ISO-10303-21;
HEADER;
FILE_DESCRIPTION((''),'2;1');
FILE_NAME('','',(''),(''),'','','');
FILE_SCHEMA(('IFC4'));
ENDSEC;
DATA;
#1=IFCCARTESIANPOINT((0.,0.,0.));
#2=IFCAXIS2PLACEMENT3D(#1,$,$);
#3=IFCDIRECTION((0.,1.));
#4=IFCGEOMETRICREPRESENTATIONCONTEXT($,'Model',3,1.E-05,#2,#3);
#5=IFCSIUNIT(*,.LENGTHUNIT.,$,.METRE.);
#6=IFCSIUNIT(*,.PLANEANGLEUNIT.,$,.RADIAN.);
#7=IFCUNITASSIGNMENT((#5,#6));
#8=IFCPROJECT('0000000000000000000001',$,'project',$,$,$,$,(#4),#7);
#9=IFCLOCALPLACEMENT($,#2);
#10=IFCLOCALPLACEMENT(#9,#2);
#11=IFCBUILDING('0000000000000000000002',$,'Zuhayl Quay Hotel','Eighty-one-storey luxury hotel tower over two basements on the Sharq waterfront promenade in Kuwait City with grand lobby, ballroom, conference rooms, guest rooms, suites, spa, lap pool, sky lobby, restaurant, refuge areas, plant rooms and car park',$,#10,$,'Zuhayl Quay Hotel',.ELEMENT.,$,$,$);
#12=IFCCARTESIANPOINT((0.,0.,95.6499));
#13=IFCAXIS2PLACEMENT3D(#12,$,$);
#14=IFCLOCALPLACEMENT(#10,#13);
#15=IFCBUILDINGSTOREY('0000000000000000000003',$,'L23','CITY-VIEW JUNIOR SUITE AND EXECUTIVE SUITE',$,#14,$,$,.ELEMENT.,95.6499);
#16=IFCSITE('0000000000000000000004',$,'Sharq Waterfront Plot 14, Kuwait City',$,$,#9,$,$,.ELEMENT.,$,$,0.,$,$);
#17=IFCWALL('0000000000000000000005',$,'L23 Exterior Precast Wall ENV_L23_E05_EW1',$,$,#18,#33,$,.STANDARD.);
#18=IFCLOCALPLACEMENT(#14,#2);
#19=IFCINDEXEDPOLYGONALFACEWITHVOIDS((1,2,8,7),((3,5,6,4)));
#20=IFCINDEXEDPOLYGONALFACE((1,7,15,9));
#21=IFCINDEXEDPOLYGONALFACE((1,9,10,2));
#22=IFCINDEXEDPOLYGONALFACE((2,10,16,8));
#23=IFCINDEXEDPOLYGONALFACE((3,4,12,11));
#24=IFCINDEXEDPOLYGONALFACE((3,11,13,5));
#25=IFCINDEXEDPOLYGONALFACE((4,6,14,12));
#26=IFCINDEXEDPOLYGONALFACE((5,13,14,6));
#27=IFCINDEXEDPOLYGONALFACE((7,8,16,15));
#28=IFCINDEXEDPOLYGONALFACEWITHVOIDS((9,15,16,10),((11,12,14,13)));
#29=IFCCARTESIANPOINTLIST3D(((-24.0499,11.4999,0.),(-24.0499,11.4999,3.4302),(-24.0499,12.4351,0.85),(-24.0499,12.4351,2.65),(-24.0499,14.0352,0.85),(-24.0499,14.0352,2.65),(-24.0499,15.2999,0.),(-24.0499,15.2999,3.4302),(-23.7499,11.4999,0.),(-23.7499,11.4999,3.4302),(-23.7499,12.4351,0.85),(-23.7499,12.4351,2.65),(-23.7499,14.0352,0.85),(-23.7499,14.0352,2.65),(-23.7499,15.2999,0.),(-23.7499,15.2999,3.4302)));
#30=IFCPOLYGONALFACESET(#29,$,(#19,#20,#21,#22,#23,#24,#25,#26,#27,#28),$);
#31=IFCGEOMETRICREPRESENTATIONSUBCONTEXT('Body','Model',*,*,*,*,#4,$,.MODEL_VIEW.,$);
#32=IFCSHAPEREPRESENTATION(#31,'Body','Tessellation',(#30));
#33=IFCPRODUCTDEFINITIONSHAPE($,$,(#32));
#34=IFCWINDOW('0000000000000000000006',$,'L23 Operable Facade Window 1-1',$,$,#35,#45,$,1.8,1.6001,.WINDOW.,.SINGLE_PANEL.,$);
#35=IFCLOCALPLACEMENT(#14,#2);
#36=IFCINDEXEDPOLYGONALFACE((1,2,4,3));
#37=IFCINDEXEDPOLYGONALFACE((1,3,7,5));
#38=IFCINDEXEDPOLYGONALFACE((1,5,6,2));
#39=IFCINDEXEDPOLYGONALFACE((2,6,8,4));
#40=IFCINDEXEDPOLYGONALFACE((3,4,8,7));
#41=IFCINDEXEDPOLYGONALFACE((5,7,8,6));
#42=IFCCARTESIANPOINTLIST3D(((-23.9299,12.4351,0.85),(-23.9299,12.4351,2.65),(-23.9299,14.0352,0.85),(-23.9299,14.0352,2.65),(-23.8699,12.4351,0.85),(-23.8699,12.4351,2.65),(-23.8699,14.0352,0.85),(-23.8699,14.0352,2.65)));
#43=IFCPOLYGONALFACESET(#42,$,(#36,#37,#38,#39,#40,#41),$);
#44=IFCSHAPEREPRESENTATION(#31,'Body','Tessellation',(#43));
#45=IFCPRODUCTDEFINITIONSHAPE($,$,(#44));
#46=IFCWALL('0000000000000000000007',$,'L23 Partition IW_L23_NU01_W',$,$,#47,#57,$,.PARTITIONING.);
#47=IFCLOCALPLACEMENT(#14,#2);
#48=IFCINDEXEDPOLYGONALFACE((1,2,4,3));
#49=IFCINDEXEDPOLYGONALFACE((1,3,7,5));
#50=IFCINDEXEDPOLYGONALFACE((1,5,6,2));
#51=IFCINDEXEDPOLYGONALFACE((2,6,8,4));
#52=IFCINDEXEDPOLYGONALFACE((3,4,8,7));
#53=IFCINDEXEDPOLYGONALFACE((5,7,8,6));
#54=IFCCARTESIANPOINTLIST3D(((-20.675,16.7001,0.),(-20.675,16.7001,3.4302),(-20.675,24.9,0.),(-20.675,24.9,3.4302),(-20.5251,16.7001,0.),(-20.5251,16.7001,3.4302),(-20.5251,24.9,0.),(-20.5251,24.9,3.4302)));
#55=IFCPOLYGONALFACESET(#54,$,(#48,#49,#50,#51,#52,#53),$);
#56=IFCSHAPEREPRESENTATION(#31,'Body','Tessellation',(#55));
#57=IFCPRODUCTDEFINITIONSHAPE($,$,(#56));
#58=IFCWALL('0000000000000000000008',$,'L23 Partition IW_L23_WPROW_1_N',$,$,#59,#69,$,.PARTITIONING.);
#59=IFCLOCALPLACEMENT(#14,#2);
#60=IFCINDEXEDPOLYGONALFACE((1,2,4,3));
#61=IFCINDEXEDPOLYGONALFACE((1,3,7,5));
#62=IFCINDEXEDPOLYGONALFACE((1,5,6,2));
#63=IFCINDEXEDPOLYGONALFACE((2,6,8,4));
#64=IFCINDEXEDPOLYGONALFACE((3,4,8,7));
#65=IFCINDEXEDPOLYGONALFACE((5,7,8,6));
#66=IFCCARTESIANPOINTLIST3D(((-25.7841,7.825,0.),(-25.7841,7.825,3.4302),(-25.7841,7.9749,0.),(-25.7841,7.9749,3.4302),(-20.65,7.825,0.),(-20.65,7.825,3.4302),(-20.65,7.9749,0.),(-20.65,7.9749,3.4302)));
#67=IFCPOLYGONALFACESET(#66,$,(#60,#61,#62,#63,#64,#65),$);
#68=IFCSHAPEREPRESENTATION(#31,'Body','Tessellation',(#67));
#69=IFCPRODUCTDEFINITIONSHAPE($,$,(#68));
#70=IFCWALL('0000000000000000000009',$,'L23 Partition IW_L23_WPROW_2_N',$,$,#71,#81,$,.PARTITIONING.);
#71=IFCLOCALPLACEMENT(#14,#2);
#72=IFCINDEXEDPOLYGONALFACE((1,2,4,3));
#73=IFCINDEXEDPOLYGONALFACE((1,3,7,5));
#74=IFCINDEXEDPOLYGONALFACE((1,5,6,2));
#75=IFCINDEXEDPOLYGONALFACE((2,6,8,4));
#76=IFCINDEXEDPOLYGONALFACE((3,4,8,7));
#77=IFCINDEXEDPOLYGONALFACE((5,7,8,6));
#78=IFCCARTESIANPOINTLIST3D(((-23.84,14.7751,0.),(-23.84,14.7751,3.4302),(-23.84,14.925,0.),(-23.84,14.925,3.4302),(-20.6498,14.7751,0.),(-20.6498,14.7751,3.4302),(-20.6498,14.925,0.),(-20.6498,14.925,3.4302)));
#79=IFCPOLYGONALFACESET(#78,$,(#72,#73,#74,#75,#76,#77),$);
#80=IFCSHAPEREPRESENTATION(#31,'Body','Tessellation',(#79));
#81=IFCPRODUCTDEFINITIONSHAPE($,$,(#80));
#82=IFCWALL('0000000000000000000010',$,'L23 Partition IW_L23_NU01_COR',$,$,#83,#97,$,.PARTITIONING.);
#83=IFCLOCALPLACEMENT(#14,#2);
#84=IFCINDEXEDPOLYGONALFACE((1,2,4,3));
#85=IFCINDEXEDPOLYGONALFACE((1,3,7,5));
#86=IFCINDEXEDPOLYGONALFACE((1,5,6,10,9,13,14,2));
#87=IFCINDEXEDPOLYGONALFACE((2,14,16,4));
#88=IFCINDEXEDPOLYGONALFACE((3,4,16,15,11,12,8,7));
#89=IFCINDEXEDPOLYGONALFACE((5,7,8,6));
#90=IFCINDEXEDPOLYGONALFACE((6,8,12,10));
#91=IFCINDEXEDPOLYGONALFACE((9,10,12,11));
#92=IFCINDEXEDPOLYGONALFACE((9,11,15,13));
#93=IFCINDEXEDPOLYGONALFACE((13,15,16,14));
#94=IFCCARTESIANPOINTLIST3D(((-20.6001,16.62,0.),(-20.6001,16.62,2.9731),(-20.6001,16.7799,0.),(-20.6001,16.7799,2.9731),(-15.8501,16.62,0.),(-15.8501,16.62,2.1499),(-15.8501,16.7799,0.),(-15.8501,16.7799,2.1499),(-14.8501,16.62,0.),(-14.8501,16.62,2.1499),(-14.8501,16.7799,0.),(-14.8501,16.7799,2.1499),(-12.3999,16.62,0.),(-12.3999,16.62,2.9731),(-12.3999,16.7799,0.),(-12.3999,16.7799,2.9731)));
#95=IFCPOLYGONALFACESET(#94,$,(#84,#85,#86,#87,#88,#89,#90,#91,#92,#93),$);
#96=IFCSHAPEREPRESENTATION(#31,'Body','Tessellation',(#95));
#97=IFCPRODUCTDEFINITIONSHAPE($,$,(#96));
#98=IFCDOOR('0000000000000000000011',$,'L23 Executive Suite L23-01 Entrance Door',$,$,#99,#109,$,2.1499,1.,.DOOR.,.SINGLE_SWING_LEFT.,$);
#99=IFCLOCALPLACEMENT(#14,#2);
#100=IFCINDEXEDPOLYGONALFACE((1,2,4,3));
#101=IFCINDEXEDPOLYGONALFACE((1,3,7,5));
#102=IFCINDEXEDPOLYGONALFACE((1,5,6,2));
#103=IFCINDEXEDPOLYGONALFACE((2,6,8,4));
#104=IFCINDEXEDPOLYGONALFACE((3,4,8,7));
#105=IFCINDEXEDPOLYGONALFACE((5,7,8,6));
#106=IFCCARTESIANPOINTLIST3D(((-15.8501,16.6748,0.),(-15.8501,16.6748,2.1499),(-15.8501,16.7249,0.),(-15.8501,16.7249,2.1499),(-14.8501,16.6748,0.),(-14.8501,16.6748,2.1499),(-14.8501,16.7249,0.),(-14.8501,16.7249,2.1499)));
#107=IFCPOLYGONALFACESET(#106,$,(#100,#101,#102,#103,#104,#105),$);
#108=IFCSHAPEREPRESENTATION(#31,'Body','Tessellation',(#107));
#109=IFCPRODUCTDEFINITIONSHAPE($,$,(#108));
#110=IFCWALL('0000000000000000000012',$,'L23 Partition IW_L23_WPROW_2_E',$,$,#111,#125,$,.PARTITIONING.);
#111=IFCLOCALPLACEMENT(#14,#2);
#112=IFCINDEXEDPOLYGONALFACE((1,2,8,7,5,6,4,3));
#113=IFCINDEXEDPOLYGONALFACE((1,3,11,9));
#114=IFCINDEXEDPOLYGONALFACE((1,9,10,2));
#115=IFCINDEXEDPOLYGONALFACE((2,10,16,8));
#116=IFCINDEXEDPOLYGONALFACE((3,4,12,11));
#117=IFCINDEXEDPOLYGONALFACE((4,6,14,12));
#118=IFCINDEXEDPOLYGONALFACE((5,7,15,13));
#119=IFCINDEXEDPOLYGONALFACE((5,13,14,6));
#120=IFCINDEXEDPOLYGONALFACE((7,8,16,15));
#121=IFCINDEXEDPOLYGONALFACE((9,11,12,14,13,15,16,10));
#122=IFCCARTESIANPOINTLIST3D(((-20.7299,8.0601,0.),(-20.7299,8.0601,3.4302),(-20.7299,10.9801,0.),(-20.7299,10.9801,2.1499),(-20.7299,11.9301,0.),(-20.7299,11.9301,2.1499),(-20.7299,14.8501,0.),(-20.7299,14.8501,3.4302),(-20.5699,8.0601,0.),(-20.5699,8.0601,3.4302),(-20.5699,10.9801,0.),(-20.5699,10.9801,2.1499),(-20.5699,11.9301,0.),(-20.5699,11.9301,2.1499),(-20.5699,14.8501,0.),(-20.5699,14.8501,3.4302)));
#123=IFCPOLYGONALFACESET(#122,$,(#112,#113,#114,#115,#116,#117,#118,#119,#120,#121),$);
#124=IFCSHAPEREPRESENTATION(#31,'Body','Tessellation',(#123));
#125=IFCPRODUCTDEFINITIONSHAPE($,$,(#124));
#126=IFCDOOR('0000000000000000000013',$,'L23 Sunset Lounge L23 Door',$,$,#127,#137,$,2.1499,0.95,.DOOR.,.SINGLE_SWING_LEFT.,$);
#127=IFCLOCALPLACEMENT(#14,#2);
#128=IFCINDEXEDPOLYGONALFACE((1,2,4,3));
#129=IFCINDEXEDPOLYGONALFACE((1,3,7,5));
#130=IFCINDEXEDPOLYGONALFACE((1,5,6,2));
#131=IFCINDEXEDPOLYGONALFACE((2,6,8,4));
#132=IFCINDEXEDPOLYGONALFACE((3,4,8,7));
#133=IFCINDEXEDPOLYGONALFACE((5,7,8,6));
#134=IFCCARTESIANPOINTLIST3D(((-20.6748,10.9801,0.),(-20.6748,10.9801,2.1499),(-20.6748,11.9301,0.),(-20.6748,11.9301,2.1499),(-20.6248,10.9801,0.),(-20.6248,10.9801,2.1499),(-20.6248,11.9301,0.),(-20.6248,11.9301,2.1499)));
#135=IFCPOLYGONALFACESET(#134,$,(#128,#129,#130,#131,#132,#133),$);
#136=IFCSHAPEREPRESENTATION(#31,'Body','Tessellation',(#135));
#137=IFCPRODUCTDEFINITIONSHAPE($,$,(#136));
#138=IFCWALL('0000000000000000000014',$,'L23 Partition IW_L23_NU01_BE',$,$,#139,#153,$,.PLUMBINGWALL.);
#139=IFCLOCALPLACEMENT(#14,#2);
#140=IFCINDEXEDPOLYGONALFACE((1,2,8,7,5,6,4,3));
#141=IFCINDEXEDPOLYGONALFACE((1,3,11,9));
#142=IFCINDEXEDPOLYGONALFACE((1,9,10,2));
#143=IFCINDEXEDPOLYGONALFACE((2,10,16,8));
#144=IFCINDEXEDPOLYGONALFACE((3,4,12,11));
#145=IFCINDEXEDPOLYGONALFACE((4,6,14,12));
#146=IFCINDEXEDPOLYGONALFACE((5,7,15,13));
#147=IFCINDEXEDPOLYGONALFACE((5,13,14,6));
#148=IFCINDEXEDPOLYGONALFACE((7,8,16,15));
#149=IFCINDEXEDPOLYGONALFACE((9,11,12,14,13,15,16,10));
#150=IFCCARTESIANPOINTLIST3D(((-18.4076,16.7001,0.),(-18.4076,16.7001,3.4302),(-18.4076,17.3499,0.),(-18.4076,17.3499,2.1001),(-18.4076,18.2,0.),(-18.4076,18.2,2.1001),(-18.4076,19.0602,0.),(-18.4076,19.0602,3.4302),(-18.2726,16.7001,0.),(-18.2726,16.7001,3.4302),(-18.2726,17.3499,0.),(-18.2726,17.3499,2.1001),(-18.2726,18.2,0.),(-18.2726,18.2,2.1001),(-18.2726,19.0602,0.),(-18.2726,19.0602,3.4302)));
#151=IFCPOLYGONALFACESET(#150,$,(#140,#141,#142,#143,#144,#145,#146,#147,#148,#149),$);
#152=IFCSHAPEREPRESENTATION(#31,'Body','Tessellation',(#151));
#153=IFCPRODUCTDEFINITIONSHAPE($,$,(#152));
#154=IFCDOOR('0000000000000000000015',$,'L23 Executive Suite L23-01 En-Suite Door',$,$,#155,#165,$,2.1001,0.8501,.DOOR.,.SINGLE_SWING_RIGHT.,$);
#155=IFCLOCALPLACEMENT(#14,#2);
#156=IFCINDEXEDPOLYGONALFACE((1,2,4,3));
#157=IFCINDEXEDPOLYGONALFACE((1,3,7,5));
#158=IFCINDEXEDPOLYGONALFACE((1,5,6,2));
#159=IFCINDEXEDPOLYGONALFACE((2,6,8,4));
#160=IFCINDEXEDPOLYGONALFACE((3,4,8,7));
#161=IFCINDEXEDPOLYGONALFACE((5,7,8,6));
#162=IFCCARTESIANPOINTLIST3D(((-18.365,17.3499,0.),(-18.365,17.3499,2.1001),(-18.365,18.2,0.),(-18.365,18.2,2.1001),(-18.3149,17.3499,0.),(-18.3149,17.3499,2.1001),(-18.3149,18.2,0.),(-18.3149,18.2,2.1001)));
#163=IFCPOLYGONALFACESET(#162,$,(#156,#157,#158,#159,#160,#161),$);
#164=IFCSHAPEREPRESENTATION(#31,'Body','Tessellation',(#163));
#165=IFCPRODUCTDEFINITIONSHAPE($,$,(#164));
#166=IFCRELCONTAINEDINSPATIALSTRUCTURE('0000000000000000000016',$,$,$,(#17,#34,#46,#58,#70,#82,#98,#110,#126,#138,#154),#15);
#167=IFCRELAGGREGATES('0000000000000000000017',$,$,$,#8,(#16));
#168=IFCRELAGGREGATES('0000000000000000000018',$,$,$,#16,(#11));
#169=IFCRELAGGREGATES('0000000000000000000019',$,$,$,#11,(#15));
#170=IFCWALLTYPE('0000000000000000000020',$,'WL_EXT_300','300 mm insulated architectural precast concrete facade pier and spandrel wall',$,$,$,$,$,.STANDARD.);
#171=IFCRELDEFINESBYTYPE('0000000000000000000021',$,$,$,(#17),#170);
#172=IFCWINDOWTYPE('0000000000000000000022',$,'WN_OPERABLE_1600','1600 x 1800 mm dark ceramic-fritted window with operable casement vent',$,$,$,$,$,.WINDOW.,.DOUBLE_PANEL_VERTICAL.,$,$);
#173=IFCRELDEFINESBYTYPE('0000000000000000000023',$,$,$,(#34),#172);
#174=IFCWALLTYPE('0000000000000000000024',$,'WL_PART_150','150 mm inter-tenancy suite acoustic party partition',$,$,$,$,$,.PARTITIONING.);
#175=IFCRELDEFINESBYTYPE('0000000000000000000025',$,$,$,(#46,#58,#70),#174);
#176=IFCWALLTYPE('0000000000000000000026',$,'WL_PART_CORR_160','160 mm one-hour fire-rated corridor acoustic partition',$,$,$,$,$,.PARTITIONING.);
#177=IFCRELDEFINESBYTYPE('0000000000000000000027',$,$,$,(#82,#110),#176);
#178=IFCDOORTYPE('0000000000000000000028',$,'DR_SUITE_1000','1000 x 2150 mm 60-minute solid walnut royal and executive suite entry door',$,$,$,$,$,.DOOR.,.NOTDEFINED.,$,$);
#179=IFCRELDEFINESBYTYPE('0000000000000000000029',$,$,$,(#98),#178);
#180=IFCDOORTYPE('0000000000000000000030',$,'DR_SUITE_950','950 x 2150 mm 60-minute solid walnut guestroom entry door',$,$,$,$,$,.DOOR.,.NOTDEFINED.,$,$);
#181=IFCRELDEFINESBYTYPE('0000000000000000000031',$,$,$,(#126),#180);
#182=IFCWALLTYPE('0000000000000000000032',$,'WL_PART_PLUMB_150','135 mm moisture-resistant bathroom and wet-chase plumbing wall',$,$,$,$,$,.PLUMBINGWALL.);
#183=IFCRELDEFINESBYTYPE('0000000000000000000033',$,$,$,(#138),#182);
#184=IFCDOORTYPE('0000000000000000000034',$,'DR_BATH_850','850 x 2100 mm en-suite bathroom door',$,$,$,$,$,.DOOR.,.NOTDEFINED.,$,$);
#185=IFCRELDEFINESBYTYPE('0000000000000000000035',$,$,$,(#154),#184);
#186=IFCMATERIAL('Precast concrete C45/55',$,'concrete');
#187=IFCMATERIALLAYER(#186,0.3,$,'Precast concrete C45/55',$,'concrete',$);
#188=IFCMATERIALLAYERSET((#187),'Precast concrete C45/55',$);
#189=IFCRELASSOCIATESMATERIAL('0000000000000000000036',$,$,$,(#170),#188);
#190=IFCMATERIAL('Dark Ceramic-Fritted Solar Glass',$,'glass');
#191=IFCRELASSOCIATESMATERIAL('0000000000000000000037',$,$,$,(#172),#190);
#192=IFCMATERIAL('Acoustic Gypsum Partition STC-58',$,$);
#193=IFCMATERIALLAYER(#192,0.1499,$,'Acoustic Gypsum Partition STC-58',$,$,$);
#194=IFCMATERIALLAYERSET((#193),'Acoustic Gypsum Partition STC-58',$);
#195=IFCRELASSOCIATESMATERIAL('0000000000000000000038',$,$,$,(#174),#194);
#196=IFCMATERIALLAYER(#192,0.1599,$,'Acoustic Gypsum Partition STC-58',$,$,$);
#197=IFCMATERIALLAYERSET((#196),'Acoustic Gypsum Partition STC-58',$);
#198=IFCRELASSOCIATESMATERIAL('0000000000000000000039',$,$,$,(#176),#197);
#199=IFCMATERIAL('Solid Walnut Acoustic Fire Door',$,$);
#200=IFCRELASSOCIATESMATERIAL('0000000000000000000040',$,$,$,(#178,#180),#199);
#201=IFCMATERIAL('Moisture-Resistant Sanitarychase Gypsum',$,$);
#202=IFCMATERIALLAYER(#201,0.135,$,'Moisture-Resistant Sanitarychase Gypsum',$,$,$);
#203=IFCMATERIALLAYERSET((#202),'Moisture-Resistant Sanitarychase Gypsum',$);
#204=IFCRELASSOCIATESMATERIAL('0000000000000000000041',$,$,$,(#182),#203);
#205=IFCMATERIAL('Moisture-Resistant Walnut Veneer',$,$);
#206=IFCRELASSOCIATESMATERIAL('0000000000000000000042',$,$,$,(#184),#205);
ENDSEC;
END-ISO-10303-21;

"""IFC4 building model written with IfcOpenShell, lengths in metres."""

from ifc_helpers import new_model, si_unit, direction, frame, frame_2d, origin, place, context, subcontext, project, spatial, rectangle, extrude, material, layer, layer_set, type_object, element, fill, save


model = new_model("IFC4")

# Units and contexts
model_context = context("Model", 3, precision=1e-05, world=origin(), true_north=direction((0.0, 1.0)))
body_context = subcontext(model_context, "Body", "Model", "MODEL_VIEW")
ifc_project = project(units=[si_unit("LENGTHUNIT", "METRE"), si_unit("PLANEANGLEUNIT", "RADIAN")], contexts=[model_context])

# Site, building, storey
site_placement = place(None, origin())
site = spatial("IfcSite", under=ifc_project, at=site_placement, Name="Sharq Waterfront Plot 14, Kuwait City", CompositionType="ELEMENT", RefElevation=0.0)
building_placement = place(site_placement, origin())
building = spatial("IfcBuilding", under=site, at=building_placement, Name="Zuhayl Quay Hotel", Description="Eighty-one-storey luxury hotel tower over two basements on the Sharq waterfront promenade in Kuwait City with grand lobby, ballroom, conference rooms, guest rooms, suites, spa, lap pool, sky lobby, restaurant, refuge areas, plant rooms and car park", LongName="Zuhayl Quay Hotel", CompositionType="ELEMENT")
storey_placement = place(building_placement, frame((0.0, 0.0, 95.6499)))
storey = spatial("IfcBuildingStorey", under=building, at=storey_placement, Name="L23", Description="CITY-VIEW JUNIOR SUITE AND EXECUTIVE SUITE", CompositionType="ELEMENT", Elevation=95.6499)

# Shared definitions
ifc_material_1 = material(Name="Precast concrete C45/55", Category="concrete")
ifc_layer_1 = layer(ifc_material_1, 0.3, Name="Precast concrete C45/55", Category="concrete")
ifc_layer_set_1 = layer_set([ifc_layer_1], Name="Precast concrete C45/55")
wall_type_1 = type_object("IfcWallType", Name="WL_EXT_300", Description="300 mm insulated architectural precast concrete facade pier and spandrel wall", PredefinedType="STANDARD", material=ifc_layer_set_1)

# Wall, opening, window
wall_1_placement = place(storey_placement, frame((-23.8999, 11.5, 0.0), z_axis=(0.0, 0.0, 1.0), x_axis=(0.0, 1.0, 0.0)))
wall_1 = element("IfcWall", 1, at=wall_1_placement, inside=storey, type_object=wall_type_1, Name="L23 Exterior Precast Wall ENV_L23_E05_EW1", PredefinedType="STANDARD", context=body_context, shape_type="SweptSolid", body=[
    extrude(rectangle(XDim=3.8, YDim=0.3, at=frame_2d((1.8999, 0.0))), origin(), (0.0, 0.0, 1.0), 3.4302),
])
opening_1_placement = place(wall_1_placement, frame((0.9351, 0.0, 0.8501)))
opening_1 = element("IfcOpeningElement", 2, at=opening_1_placement, cuts=wall_1, PredefinedType="OPENING", context=body_context, shape_type="SweptSolid", body=[
    extrude(rectangle(XDim=1.6001, YDim=1.8, at=frame_2d((0.8, 0.8999))), frame((0.0, 0.1599, 0.0), z_axis=(0.0, -1.0, 0.0), x_axis=(1.0, 0.0, 0.0)), (0.0, 0.0, 1.0), 0.3201),
])
ifc_material_2 = material(Name="Dark Ceramic-Fritted Solar Glass", Category="glass")
window_type = type_object("IfcWindowType", Name="WN_OPERABLE_1600", Description="1600 x 1800 mm dark ceramic-fritted window with operable casement vent", PartitioningType="DOUBLE_PANEL_VERTICAL", PredefinedType="WINDOW", material=ifc_material_2)
window_placement = place(opening_1_placement, origin())
window = element("IfcWindow", 3, at=window_placement, inside=storey, type_object=window_type, Name="L23 Operable Facade Window 1-1", OverallHeight=1.8, OverallWidth=1.6001, PartitioningType="SINGLE_PANEL", PredefinedType="WINDOW", context=body_context, shape_type="SweptSolid", body=[
    extrude(rectangle(XDim=1.6001, YDim=1.8, at=frame_2d((0.8, 0.8999))), frame((0.0, 0.03, 0.0), z_axis=(0.0, -1.0, 0.0), x_axis=(1.0, 0.0, 0.0)), (0.0, 0.0, 1.0), 0.0601),
])
fill(opening_1, window)

# Walls
ifc_material_3 = material(Name="Acoustic Gypsum Partition STC-58")
ifc_layer_2 = layer(ifc_material_3, 0.1499, Name="Acoustic Gypsum Partition STC-58")
ifc_layer_set_2 = layer_set([ifc_layer_2], Name="Acoustic Gypsum Partition STC-58")
wall_type_2 = type_object("IfcWallType", Name="WL_PART_150", Description="150 mm inter-tenancy suite acoustic party partition", PredefinedType="PARTITIONING", material=ifc_layer_set_2)
wall_2_placement = place(storey_placement, frame((-20.6001, 16.7, 0.0), z_axis=(0.0, 0.0, 1.0), x_axis=(0.0, 1.0, 0.0)))
element("IfcWall", 4, at=wall_2_placement, inside=storey, type_object=wall_type_2, Name="L23 Partition IW_L23_NU01_W", PredefinedType="PARTITIONING", context=body_context, shape_type="SweptSolid", body=[
    extrude(rectangle(XDim=8.2, YDim=0.1499, at=frame_2d((4.1001, 0.0))), origin(), (0.0, 0.0, 1.0), 3.4302),
])
wall_3_placement = place(storey_placement, frame((-25.7839, 7.8999, 0.0), z_axis=(0.0, 0.0, 1.0), x_axis=(1.0, 0.0, 0.0)))
element("IfcWall", 5, at=wall_3_placement, inside=storey, type_object=wall_type_2, Name="L23 Partition IW_L23_WPROW_1_N", PredefinedType="PARTITIONING", context=body_context, shape_type="SweptSolid", body=[
    extrude(rectangle(XDim=5.134, YDim=0.1499, at=frame_2d((2.5669, 0.0))), origin(), (0.0, 0.0, 1.0), 3.4302),
])
wall_4_placement = place(storey_placement, frame((-23.8401, 14.8501, 0.0), z_axis=(0.0, 0.0, 1.0), x_axis=(1.0, 0.0, 0.0)))
element("IfcWall", 6, at=wall_4_placement, inside=storey, type_object=wall_type_2, Name="L23 Partition IW_L23_WPROW_2_N", PredefinedType="PARTITIONING", context=body_context, shape_type="SweptSolid", body=[
    extrude(rectangle(XDim=3.1902, YDim=0.1499, at=frame_2d((1.5952, 0.0))), origin(), (0.0, 0.0, 1.0), 3.4302),
])

# Walls, openings, doors
ifc_layer_3 = layer(ifc_material_3, 0.1599, Name="Acoustic Gypsum Partition STC-58")
ifc_layer_set_3 = layer_set([ifc_layer_3], Name="Acoustic Gypsum Partition STC-58")
wall_type_3 = type_object("IfcWallType", Name="WL_PART_CORR_160", Description="160 mm one-hour fire-rated corridor acoustic partition", PredefinedType="PARTITIONING", material=ifc_layer_set_3)
wall_5_placement = place(storey_placement, frame((-20.6001, 16.7, 0.0), z_axis=(0.0, 0.0, 1.0), x_axis=(1.0, 0.0, 0.0)))
wall_5 = element("IfcWall", 7, at=wall_5_placement, inside=storey, type_object=wall_type_3, Name="L23 Partition IW_L23_NU01_COR", PredefinedType="PARTITIONING", context=body_context, shape_type="SweptSolid", body=[
    extrude(rectangle(XDim=8.2002, YDim=0.1599, at=frame_2d((4.1001, 0.0))), origin(), (0.0, 0.0, 1.0), 2.9731),
])
opening_2_placement = place(wall_5_placement, frame((4.75, 0.0, 0.0)))
opening_2 = element("IfcOpeningElement", 8, at=opening_2_placement, cuts=wall_5, PredefinedType="OPENING", context=body_context, shape_type="SweptSolid", body=[
    extrude(rectangle(XDim=1.0, YDim=2.1499, at=frame_2d((0.5, 1.075))), frame((0.0, 0.0898, 0.0), z_axis=(0.0, -1.0, 0.0), x_axis=(1.0, 0.0, 0.0)), (0.0, 0.0, 1.0), 0.1799),
])
ifc_material_4 = material(Name="Solid Walnut Acoustic Fire Door")
door_type_1 = type_object("IfcDoorType", Name="DR_SUITE_1000", Description="1000 x 2150 mm 60-minute solid walnut royal and executive suite entry door", OperationType="NOTDEFINED", PredefinedType="DOOR", material=ifc_material_4)
door_1_placement = place(opening_2_placement, origin())
door_1 = element("IfcDoor", 9, at=door_1_placement, inside=storey, type_object=door_type_1, Name="L23 Executive Suite L23-01 Entrance Door", OperationType="SINGLE_SWING_LEFT", OverallHeight=2.1499, OverallWidth=1.0, PredefinedType="DOOR", context=body_context, shape_type="SweptSolid", body=[
    extrude(rectangle(XDim=1.0, YDim=2.1499, at=frame_2d((0.5, 1.075))), frame((0.0, 0.0249, 0.0), z_axis=(0.0, -1.0, 0.0), x_axis=(1.0, 0.0, 0.0)), (0.0, 0.0, 1.0), 0.05),
])
fill(opening_2, door_1)
wall_6_placement = place(storey_placement, frame((-20.6499, 8.0601, 0.0), z_axis=(0.0, 0.0, 1.0), x_axis=(0.0, 1.0, 0.0)))
wall_6 = element("IfcWall", 10, at=wall_6_placement, inside=storey, type_object=wall_type_3, Name="L23 Partition IW_L23_WPROW_2_E", PredefinedType="PARTITIONING", context=body_context, shape_type="SweptSolid", body=[
    extrude(rectangle(XDim=6.79, YDim=0.1599, at=frame_2d((3.395, 0.0))), origin(), (0.0, 0.0, 1.0), 3.4302),
])
opening_3_placement = place(wall_6_placement, frame((2.9199, 0.0, 0.0)))
opening_3 = element("IfcOpeningElement", 11, at=opening_3_placement, cuts=wall_6, PredefinedType="OPENING", context=body_context, shape_type="SweptSolid", body=[
    extrude(rectangle(XDim=0.95, YDim=2.1499, at=frame_2d((0.4751, 1.075))), frame((0.0, 0.0898, 0.0), z_axis=(0.0, -1.0, 0.0), x_axis=(1.0, 0.0, 0.0)), (0.0, 0.0, 1.0), 0.1799),
])
door_type_2 = type_object("IfcDoorType", Name="DR_SUITE_950", Description="950 x 2150 mm 60-minute solid walnut guestroom entry door", OperationType="NOTDEFINED", PredefinedType="DOOR", material=ifc_material_4)
door_2_placement = place(opening_3_placement, origin())
door_2 = element("IfcDoor", 12, at=door_2_placement, inside=storey, type_object=door_type_2, Name="L23 Sunset Lounge L23 Door", OperationType="SINGLE_SWING_LEFT", OverallHeight=2.1499, OverallWidth=0.95, PredefinedType="DOOR", context=body_context, shape_type="SweptSolid", body=[
    extrude(rectangle(XDim=0.95, YDim=2.1499, at=frame_2d((0.4751, 1.075))), frame((0.0, 0.0249, 0.0), z_axis=(0.0, -1.0, 0.0), x_axis=(1.0, 0.0, 0.0)), (0.0, 0.0, 1.0), 0.05),
])
fill(opening_3, door_2)
ifc_material_5 = material(Name="Moisture-Resistant Sanitarychase Gypsum")
ifc_layer_4 = layer(ifc_material_5, 0.135, Name="Moisture-Resistant Sanitarychase Gypsum")
ifc_layer_set_4 = layer_set([ifc_layer_4], Name="Moisture-Resistant Sanitarychase Gypsum")
wall_type_4 = type_object("IfcWallType", Name="WL_PART_PLUMB_150", Description="135 mm moisture-resistant bathroom and wet-chase plumbing wall", PredefinedType="PLUMBINGWALL", material=ifc_layer_set_4)
wall_7_placement = place(storey_placement, frame((-18.3401, 16.7, 0.0), z_axis=(0.0, 0.0, 1.0), x_axis=(0.0, 1.0, 0.0)))
wall_7 = element("IfcWall", 13, at=wall_7_placement, inside=storey, type_object=wall_type_4, Name="L23 Partition IW_L23_NU01_BE", PredefinedType="PLUMBINGWALL", context=body_context, shape_type="SweptSolid", body=[
    extrude(rectangle(XDim=2.3601, YDim=0.135, at=frame_2d((1.1802, 0.0))), origin(), (0.0, 0.0, 1.0), 3.4302),
])
opening_4_placement = place(wall_7_placement, frame((0.6499, 0.0, 0.0)))
opening_4 = element("IfcOpeningElement", 14, at=opening_4_placement, cuts=wall_7, PredefinedType="OPENING", context=body_context, shape_type="SweptSolid", body=[
    extrude(rectangle(XDim=0.8501, YDim=2.1001, at=frame_2d((0.425, 1.05))), frame((0.0, 0.0774, 0.0), z_axis=(0.0, -1.0, 0.0), x_axis=(1.0, 0.0, 0.0)), (0.0, 0.0, 1.0), 0.155),
])
ifc_material_6 = material(Name="Moisture-Resistant Walnut Veneer")
door_type_3 = type_object("IfcDoorType", Name="DR_BATH_850", Description="850 x 2100 mm en-suite bathroom door", OperationType="NOTDEFINED", PredefinedType="DOOR", material=ifc_material_6)
door_3_placement = place(opening_4_placement, origin())
door_3 = element("IfcDoor", 15, at=door_3_placement, inside=storey, type_object=door_type_3, Name="L23 Executive Suite L23-01 En-Suite Door", OperationType="SINGLE_SWING_RIGHT", OverallHeight=2.1001, OverallWidth=0.8501, PredefinedType="DOOR", context=body_context, shape_type="SweptSolid", body=[
    extrude(rectangle(XDim=0.8501, YDim=2.1001, at=frame_2d((0.425, 1.05))), frame((0.0, 0.0249, 0.0), z_axis=(0.0, -1.0, 0.0), x_axis=(1.0, 0.0, 0.0)), (0.0, 0.0, 1.0), 0.05),
])
fill(opening_4, door_3)

save(model, "model.ifc")
